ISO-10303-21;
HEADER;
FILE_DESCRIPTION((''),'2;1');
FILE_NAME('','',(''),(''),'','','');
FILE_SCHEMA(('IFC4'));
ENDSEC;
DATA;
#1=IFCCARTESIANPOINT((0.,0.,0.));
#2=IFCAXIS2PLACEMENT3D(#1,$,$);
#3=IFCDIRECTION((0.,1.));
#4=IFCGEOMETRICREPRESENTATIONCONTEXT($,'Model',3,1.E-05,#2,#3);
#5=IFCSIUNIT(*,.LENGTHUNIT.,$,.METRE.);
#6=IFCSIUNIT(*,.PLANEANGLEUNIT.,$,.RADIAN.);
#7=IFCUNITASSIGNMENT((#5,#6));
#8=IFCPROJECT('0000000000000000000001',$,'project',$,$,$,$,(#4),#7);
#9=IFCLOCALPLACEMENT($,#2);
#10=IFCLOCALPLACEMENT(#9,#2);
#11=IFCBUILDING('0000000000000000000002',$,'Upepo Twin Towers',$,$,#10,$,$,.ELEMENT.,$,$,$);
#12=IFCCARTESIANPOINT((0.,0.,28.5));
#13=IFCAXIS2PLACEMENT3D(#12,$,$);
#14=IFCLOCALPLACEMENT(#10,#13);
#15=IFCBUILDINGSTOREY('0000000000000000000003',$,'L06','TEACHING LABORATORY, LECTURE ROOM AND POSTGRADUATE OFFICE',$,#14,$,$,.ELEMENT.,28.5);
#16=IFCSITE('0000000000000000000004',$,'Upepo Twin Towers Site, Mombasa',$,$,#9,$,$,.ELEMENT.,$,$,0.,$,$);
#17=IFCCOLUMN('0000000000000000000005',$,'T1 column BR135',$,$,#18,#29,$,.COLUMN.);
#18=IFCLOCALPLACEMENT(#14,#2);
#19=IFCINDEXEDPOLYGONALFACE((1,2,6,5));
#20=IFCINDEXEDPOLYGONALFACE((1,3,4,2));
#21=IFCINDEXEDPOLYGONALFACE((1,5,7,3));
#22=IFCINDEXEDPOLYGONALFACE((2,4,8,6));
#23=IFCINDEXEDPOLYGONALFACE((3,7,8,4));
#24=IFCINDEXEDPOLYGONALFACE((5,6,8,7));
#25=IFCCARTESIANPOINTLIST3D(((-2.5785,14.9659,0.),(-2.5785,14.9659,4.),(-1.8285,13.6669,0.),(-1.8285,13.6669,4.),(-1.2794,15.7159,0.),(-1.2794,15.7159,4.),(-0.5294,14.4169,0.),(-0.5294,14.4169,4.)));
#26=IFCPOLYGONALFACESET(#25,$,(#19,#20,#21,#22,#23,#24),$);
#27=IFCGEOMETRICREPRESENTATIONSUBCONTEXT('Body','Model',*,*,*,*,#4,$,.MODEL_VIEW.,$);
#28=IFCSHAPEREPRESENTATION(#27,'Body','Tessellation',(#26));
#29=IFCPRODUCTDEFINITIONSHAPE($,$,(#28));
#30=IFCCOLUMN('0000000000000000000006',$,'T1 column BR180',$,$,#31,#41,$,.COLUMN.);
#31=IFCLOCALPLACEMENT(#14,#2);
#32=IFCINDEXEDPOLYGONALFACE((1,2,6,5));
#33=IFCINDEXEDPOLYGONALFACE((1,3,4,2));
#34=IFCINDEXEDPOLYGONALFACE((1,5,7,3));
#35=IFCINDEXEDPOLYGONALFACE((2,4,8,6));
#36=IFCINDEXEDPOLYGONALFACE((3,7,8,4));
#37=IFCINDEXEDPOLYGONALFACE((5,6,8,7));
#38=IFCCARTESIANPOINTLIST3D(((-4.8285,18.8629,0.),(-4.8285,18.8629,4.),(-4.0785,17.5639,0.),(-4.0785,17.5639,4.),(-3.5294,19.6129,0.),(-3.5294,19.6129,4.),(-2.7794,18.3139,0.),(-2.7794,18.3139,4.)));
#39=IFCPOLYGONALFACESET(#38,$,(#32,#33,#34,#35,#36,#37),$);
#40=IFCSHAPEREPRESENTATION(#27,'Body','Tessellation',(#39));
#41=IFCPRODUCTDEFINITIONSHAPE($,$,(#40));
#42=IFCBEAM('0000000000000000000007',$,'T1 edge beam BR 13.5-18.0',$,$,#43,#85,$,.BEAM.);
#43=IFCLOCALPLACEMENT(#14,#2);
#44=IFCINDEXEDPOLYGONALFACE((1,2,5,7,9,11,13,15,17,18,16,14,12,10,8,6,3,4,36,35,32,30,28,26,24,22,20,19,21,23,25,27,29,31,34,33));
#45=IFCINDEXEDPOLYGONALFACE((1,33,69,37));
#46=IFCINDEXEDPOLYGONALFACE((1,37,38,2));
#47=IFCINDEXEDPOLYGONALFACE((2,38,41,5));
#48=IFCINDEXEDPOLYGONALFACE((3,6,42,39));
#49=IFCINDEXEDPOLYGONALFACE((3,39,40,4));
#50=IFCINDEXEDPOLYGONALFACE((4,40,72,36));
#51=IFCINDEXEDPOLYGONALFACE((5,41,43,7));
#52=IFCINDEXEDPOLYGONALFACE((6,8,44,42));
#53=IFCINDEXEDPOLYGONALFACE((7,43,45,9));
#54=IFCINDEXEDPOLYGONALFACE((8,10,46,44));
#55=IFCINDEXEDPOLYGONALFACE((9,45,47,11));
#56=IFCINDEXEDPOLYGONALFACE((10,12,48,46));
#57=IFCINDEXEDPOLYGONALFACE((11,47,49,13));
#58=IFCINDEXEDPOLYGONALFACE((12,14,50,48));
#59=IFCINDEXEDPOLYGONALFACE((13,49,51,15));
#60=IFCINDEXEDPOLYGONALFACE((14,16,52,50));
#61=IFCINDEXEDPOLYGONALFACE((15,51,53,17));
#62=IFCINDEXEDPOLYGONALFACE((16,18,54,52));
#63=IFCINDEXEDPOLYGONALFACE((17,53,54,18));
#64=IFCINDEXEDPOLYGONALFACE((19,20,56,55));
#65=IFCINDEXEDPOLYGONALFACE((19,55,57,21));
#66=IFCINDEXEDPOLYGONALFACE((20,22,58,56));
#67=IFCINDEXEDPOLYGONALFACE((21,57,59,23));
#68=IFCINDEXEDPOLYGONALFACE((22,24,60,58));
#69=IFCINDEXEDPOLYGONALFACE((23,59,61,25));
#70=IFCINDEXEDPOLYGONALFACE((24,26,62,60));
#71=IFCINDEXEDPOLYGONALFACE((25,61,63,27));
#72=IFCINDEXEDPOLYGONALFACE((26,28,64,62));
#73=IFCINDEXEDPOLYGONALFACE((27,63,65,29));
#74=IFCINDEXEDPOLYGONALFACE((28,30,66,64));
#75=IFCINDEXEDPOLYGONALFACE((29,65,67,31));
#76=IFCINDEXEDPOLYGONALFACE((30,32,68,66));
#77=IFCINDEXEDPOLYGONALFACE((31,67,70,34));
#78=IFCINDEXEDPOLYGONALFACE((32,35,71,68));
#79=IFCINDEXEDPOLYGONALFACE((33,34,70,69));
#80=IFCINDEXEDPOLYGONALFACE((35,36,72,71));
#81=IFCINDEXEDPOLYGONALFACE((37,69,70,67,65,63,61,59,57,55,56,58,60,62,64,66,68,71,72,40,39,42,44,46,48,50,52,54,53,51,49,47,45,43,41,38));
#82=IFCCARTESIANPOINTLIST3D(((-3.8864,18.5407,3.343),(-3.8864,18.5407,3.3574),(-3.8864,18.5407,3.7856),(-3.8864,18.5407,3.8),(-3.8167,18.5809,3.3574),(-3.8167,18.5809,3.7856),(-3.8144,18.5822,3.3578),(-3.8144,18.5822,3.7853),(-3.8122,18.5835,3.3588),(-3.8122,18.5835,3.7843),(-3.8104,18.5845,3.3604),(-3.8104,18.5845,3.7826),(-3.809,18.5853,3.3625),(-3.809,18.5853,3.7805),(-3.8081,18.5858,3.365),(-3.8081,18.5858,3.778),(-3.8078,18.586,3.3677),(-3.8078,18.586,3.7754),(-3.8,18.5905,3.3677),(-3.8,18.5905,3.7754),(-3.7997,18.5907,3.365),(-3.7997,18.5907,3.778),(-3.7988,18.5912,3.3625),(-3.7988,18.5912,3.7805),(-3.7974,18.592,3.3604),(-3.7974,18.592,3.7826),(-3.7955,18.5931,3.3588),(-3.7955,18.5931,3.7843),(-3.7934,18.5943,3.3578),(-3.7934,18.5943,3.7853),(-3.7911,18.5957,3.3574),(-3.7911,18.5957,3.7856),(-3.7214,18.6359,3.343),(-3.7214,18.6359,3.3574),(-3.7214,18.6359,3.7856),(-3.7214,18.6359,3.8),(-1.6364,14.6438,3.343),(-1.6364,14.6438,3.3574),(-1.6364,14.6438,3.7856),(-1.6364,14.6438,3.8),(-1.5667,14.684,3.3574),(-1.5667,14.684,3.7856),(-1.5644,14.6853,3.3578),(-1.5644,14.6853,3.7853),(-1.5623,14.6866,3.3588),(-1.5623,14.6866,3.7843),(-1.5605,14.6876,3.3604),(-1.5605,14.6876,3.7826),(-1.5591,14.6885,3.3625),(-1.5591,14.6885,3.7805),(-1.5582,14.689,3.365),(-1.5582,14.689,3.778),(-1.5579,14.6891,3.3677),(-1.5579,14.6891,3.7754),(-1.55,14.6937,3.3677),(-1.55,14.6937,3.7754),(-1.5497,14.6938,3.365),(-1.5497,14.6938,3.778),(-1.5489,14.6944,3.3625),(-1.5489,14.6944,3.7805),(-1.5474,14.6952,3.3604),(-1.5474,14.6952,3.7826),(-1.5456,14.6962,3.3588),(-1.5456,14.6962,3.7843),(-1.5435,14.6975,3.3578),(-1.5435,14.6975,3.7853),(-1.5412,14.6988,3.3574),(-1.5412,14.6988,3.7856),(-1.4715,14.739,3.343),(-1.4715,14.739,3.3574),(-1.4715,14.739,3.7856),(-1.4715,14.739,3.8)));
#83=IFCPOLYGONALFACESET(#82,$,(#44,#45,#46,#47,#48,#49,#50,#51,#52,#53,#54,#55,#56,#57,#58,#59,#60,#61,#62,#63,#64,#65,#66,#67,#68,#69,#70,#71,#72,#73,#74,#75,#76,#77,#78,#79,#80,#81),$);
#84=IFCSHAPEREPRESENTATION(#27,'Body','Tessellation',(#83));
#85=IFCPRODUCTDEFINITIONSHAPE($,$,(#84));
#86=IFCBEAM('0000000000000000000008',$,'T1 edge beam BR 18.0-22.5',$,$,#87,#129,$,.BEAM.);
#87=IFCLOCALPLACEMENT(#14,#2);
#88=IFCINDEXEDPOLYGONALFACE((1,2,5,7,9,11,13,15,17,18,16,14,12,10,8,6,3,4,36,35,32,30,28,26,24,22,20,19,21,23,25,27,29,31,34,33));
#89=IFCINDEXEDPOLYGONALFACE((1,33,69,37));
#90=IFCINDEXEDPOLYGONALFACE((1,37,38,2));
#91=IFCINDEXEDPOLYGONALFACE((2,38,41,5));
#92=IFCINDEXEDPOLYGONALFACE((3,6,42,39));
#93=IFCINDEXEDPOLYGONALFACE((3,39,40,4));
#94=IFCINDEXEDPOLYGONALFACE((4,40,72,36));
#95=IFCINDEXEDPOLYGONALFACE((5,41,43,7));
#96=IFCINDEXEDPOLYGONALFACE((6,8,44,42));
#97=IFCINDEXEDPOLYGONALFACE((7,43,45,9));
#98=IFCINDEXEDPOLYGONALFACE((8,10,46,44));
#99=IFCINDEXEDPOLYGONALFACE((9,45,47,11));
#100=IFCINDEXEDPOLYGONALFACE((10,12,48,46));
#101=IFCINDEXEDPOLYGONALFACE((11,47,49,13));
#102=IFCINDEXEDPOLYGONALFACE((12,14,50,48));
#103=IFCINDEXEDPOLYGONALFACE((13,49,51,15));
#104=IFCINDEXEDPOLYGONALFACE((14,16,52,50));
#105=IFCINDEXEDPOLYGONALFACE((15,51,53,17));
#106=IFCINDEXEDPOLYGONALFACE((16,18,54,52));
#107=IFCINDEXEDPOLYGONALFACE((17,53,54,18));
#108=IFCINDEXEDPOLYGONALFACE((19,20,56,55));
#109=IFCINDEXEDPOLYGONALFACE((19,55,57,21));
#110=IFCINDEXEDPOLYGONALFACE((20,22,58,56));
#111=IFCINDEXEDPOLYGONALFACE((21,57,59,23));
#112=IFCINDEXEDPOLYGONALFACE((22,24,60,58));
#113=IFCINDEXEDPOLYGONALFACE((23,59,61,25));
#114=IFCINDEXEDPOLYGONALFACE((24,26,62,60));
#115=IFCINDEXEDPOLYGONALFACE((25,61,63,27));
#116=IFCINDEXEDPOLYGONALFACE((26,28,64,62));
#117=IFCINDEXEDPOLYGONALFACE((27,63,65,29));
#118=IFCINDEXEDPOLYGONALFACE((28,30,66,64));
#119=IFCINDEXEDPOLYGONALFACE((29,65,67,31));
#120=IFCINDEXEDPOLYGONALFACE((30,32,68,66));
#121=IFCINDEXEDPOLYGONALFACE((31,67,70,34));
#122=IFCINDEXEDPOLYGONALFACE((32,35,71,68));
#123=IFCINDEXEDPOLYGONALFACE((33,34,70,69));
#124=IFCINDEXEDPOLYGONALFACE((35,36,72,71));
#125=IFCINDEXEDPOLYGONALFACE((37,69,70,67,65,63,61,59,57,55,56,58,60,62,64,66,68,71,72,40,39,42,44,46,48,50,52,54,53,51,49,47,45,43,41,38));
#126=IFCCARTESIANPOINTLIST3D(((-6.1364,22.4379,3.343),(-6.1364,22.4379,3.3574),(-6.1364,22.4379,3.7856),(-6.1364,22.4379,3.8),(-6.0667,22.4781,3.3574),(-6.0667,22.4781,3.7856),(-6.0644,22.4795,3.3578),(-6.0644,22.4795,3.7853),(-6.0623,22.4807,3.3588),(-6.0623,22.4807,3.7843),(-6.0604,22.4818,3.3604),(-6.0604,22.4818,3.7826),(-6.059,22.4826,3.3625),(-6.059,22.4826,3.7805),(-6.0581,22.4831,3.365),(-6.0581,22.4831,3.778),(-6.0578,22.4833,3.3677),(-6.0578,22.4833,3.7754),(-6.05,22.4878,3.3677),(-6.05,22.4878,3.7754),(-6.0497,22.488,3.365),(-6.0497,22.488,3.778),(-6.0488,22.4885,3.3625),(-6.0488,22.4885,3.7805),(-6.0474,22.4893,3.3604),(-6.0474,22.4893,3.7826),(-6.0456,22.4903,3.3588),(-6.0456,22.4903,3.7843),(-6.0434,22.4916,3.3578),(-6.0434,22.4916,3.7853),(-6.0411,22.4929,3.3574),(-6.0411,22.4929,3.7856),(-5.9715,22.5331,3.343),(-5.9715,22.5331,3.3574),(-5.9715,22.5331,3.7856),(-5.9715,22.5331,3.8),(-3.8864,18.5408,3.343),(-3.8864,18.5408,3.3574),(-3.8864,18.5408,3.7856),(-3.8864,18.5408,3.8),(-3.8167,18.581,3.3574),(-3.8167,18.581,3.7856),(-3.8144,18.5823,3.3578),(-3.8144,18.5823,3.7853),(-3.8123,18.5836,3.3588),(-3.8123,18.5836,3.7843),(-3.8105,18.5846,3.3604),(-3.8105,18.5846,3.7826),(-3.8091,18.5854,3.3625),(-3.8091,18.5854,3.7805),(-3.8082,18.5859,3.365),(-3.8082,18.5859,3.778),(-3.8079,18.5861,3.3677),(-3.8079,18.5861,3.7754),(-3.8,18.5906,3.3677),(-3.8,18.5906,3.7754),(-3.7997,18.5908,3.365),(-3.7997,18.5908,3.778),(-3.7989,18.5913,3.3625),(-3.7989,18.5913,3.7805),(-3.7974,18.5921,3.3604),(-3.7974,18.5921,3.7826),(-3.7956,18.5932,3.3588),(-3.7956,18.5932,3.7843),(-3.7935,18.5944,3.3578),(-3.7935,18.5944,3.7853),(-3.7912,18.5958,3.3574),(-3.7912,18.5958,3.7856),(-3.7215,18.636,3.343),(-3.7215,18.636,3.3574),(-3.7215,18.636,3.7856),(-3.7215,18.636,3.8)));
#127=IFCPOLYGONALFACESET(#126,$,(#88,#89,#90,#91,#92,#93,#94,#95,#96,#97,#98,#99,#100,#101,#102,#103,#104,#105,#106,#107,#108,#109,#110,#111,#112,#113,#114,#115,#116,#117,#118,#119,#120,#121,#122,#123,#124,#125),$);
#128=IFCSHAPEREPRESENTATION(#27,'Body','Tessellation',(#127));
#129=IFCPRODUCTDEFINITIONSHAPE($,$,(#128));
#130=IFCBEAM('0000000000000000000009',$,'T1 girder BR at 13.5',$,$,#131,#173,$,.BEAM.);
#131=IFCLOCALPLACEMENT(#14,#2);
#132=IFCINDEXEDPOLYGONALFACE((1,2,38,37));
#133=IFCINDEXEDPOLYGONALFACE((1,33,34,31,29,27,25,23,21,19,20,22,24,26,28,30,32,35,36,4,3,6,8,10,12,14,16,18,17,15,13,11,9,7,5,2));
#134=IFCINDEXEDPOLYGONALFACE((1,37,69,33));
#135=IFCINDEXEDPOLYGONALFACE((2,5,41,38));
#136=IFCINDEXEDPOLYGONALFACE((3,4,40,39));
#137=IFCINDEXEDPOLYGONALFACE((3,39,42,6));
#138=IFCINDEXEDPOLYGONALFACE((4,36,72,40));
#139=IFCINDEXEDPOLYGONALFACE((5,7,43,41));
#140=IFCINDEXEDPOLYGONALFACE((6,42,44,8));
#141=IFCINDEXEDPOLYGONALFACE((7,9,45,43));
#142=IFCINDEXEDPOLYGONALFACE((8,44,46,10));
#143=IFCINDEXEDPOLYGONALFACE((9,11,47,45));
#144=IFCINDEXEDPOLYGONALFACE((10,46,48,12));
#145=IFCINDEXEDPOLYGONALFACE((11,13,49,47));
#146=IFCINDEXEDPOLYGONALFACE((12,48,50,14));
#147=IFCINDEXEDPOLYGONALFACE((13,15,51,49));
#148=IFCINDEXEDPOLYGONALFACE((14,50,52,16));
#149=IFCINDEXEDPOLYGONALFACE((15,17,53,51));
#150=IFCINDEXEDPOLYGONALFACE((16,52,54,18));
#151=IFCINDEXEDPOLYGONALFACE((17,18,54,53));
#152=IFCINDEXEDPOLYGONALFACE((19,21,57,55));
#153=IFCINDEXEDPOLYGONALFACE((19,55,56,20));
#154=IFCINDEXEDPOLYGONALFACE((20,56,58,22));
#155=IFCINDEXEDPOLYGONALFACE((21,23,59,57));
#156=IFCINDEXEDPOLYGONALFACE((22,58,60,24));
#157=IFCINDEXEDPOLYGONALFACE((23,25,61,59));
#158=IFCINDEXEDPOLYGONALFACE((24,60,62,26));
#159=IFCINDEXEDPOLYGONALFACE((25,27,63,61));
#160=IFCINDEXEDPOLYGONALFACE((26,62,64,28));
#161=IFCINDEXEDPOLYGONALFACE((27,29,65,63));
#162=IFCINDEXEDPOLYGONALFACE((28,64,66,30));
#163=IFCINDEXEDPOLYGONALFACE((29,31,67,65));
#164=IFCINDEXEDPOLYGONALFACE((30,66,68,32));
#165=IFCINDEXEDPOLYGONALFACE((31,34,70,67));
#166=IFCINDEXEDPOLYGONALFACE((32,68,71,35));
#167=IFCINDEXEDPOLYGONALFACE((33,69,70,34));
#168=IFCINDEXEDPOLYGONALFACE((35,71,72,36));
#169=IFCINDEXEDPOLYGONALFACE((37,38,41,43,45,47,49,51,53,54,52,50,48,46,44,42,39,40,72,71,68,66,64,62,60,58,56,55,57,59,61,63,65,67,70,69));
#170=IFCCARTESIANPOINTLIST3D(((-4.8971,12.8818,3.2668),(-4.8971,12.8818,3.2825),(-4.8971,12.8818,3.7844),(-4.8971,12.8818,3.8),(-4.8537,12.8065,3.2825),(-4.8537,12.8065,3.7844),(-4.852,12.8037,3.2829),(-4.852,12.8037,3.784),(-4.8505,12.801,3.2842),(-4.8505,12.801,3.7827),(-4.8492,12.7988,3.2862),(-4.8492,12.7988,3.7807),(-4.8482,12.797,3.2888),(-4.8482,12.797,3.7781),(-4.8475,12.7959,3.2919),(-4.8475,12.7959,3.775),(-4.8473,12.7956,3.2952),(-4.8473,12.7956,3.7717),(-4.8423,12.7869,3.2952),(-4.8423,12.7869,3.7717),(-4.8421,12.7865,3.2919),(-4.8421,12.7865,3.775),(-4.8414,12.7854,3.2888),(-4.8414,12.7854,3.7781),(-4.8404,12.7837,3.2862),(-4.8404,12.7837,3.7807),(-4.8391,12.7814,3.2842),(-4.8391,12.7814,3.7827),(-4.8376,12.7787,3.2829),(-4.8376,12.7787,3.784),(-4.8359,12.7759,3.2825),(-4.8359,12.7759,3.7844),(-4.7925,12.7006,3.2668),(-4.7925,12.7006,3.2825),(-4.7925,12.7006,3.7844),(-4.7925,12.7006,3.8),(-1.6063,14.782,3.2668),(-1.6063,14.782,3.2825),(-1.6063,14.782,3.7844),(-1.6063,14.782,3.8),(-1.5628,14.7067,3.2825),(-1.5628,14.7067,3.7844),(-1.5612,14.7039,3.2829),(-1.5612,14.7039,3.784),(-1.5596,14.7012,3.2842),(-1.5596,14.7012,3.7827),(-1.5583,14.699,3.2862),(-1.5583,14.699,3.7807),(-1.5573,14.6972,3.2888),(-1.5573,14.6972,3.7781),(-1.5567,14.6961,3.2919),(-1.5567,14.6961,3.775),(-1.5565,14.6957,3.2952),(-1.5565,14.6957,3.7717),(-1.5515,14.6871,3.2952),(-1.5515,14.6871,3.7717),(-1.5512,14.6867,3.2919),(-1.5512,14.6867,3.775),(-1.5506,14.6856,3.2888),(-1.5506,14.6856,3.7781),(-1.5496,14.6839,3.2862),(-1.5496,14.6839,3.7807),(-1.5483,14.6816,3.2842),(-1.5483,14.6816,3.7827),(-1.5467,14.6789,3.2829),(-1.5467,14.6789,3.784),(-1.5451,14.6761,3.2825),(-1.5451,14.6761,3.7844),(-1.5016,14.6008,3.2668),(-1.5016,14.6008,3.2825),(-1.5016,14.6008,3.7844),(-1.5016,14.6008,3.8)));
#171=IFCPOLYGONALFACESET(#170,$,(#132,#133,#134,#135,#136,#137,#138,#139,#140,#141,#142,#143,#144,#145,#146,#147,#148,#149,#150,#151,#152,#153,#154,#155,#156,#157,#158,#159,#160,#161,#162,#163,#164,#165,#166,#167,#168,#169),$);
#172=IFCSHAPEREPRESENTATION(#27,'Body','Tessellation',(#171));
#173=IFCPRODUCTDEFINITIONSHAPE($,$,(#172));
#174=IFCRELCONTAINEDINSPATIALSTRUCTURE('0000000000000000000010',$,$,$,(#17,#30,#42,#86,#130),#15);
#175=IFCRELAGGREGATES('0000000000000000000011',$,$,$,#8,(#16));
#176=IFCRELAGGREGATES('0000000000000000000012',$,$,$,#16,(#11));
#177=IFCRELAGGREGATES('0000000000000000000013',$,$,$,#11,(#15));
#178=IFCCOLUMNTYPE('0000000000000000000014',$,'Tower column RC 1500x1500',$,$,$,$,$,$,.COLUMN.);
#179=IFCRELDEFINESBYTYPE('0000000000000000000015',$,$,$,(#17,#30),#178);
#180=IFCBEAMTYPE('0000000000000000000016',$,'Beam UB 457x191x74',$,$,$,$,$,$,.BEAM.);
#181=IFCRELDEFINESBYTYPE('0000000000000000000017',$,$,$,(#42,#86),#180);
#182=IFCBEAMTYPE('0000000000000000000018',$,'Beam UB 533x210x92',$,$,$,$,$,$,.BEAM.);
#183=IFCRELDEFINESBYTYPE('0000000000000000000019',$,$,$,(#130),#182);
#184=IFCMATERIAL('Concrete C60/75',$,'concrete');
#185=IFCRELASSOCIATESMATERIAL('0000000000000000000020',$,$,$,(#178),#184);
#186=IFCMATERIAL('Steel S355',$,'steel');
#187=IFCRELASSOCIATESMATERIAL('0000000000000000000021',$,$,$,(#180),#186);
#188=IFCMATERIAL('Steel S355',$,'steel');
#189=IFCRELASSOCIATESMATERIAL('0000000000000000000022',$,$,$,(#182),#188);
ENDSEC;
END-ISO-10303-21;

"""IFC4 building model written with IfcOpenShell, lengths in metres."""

from ifc_helpers import new_model, si_unit, direction, frame, origin, origin_2d, place, context, subcontext, project, spatial, rectangle, i_section, extrude, material, material_profile, profile_set, type_object, element, save


model = new_model("IFC4")

# Units and contexts
model_context = context("Model", 3, precision=1e-05, world=origin(), true_north=direction((0.0, 1.0)))
body_context = subcontext(model_context, "Body", "Model", "MODEL_VIEW")
ifc_project = project(units=[si_unit("LENGTHUNIT", "METRE"), si_unit("PLANEANGLEUNIT", "RADIAN")], contexts=[model_context])

# Site, building, storey
site_placement = place(None, origin())
site = spatial("IfcSite", under=ifc_project, at=site_placement, Name="Upepo Twin Towers Site, Mombasa", CompositionType="ELEMENT", RefElevation=0.0)
building_placement = place(site_placement, origin())
building = spatial("IfcBuilding", under=site, at=building_placement, Name="Upepo Twin Towers", CompositionType="ELEMENT")
storey_placement = place(building_placement, frame((0.0, 0.0, 28.5)))
storey = spatial("IfcBuildingStorey", under=building, at=storey_placement, Name="L06", Description="TEACHING LABORATORY, LECTURE ROOM AND POSTGRADUATE OFFICE", CompositionType="ELEMENT", Elevation=28.5)

# Columns
ifc_material_1 = material(Name="Concrete C60/75", Category="concrete")
ifc_material_profile_1 = material_profile(ifc_material_1, rectangle(XDim=1.5, YDim=1.5, at=origin_2d()), Name="RC 1500x1500")
ifc_profile_set_1 = profile_set([ifc_material_profile_1], Name="Concrete C60/75")
column_type = type_object("IfcColumnType", Name="Tower column RC 1500x1500", PredefinedType="COLUMN", material=ifc_profile_set_1)
for number, where, z_axis, x_axis, name in (
    (1, (-1.554, 14.6914, 0.0), (0.0, 0.0, 1.0), (0.866025, 0.5, 0.0), "T1 column BR135"),
    (2, (-3.804, 18.5884, 0.0), (0.0, 0.0, 1.0), (0.866025, 0.5, 0.0), "T1 column BR180"),
):
    element("IfcColumn", number, at=place(storey_placement, frame(where, z_axis=z_axis, x_axis=x_axis)), inside=storey, type_object=column_type, Name=name, PredefinedType="COLUMN", context=body_context, shape_type="SweptSolid", body=[
        extrude(rectangle(XDim=1.5, YDim=1.5, at=origin_2d()), origin(), (0.0, 0.0, 1.0), 4.0),
    ])

# Beams
ifc_material_2 = material(Name="Steel S355", Category="steel")
ifc_material_profile_2 = material_profile(ifc_material_2, i_section(OverallWidth=0.1904, OverallDepth=0.457, WebThickness=0.009, FlangeThickness=0.0144, FilletRadius=0.0103, at=origin_2d()), Name="UB 457x191x74")
ifc_profile_set_2 = profile_set([ifc_material_profile_2], Name="Steel S355")
beam_type_1 = type_object("IfcBeamType", Name="Beam UB 457x191x74", PredefinedType="BEAM", material=ifc_profile_set_2)
beam_1_placement = place(storey_placement, frame((-1.554, 14.6914, 3.5715), z_axis=(-0.500014, 0.866018, 0.0), x_axis=(-0.866018, -0.500014, 0.0)))
element("IfcBeam", 3, at=beam_1_placement, inside=storey, type_object=beam_type_1, Name="T1 edge beam BR 13.5-18.0", PredefinedType="BEAM", context=body_context, shape_type="SweptSolid", body=[
    extrude(i_section(OverallWidth=0.1904, OverallDepth=0.457, WebThickness=0.009, FlangeThickness=0.0144, FilletRadius=0.0103, at=origin_2d()), origin(), (0.0, 0.0, 1.0), 4.4998),
])
beam_2_placement = place(storey_placement, frame((-3.804, 18.5884, 3.5715), z_axis=(-0.49999, 0.866031, 0.0), x_axis=(-0.866031, -0.49999, 0.0)))
element("IfcBeam", 4, at=beam_2_placement, inside=storey, type_object=beam_type_1, Name="T1 edge beam BR 18.0-22.5", PredefinedType="BEAM", context=body_context, shape_type="SweptSolid", body=[
    extrude(i_section(OverallWidth=0.1904, OverallDepth=0.457, WebThickness=0.009, FlangeThickness=0.0144, FilletRadius=0.0103, at=origin_2d()), origin(), (0.0, 0.0, 1.0), 4.5),
])
ifc_material_3 = material(Name="Steel S355", Category="steel")
ifc_material_profile_3 = material_profile(ifc_material_3, i_section(OverallWidth=0.2092, OverallDepth=0.5332, WebThickness=0.01, FlangeThickness=0.0156, FilletRadius=0.0127, at=origin_2d()), Name="UB 533x210x92")
ifc_profile_set_3 = profile_set([ifc_material_profile_3], Name="Steel S355")
beam_type_2 = type_object("IfcBeamType", Name="Beam UB 533x210x92", PredefinedType="BEAM", material=ifc_profile_set_3)
beam_3_placement = place(storey_placement, frame((-1.554, 14.6914, 3.5334), z_axis=(-0.866, -0.500043, 0.0), x_axis=(0.500043, -0.866, 0.0)))
element("IfcBeam", 5, at=beam_3_placement, inside=storey, type_object=beam_type_2, Name="T1 girder BR at 13.5", PredefinedType="BEAM", context=body_context, shape_type="SweptSolid", body=[
    extrude(i_section(OverallWidth=0.2092, OverallDepth=0.5332, WebThickness=0.01, FlangeThickness=0.0156, FilletRadius=0.0127, at=origin_2d()), origin(), (0.0, 0.0, 1.0), 3.8),
])

save(model, "model.ifc")
